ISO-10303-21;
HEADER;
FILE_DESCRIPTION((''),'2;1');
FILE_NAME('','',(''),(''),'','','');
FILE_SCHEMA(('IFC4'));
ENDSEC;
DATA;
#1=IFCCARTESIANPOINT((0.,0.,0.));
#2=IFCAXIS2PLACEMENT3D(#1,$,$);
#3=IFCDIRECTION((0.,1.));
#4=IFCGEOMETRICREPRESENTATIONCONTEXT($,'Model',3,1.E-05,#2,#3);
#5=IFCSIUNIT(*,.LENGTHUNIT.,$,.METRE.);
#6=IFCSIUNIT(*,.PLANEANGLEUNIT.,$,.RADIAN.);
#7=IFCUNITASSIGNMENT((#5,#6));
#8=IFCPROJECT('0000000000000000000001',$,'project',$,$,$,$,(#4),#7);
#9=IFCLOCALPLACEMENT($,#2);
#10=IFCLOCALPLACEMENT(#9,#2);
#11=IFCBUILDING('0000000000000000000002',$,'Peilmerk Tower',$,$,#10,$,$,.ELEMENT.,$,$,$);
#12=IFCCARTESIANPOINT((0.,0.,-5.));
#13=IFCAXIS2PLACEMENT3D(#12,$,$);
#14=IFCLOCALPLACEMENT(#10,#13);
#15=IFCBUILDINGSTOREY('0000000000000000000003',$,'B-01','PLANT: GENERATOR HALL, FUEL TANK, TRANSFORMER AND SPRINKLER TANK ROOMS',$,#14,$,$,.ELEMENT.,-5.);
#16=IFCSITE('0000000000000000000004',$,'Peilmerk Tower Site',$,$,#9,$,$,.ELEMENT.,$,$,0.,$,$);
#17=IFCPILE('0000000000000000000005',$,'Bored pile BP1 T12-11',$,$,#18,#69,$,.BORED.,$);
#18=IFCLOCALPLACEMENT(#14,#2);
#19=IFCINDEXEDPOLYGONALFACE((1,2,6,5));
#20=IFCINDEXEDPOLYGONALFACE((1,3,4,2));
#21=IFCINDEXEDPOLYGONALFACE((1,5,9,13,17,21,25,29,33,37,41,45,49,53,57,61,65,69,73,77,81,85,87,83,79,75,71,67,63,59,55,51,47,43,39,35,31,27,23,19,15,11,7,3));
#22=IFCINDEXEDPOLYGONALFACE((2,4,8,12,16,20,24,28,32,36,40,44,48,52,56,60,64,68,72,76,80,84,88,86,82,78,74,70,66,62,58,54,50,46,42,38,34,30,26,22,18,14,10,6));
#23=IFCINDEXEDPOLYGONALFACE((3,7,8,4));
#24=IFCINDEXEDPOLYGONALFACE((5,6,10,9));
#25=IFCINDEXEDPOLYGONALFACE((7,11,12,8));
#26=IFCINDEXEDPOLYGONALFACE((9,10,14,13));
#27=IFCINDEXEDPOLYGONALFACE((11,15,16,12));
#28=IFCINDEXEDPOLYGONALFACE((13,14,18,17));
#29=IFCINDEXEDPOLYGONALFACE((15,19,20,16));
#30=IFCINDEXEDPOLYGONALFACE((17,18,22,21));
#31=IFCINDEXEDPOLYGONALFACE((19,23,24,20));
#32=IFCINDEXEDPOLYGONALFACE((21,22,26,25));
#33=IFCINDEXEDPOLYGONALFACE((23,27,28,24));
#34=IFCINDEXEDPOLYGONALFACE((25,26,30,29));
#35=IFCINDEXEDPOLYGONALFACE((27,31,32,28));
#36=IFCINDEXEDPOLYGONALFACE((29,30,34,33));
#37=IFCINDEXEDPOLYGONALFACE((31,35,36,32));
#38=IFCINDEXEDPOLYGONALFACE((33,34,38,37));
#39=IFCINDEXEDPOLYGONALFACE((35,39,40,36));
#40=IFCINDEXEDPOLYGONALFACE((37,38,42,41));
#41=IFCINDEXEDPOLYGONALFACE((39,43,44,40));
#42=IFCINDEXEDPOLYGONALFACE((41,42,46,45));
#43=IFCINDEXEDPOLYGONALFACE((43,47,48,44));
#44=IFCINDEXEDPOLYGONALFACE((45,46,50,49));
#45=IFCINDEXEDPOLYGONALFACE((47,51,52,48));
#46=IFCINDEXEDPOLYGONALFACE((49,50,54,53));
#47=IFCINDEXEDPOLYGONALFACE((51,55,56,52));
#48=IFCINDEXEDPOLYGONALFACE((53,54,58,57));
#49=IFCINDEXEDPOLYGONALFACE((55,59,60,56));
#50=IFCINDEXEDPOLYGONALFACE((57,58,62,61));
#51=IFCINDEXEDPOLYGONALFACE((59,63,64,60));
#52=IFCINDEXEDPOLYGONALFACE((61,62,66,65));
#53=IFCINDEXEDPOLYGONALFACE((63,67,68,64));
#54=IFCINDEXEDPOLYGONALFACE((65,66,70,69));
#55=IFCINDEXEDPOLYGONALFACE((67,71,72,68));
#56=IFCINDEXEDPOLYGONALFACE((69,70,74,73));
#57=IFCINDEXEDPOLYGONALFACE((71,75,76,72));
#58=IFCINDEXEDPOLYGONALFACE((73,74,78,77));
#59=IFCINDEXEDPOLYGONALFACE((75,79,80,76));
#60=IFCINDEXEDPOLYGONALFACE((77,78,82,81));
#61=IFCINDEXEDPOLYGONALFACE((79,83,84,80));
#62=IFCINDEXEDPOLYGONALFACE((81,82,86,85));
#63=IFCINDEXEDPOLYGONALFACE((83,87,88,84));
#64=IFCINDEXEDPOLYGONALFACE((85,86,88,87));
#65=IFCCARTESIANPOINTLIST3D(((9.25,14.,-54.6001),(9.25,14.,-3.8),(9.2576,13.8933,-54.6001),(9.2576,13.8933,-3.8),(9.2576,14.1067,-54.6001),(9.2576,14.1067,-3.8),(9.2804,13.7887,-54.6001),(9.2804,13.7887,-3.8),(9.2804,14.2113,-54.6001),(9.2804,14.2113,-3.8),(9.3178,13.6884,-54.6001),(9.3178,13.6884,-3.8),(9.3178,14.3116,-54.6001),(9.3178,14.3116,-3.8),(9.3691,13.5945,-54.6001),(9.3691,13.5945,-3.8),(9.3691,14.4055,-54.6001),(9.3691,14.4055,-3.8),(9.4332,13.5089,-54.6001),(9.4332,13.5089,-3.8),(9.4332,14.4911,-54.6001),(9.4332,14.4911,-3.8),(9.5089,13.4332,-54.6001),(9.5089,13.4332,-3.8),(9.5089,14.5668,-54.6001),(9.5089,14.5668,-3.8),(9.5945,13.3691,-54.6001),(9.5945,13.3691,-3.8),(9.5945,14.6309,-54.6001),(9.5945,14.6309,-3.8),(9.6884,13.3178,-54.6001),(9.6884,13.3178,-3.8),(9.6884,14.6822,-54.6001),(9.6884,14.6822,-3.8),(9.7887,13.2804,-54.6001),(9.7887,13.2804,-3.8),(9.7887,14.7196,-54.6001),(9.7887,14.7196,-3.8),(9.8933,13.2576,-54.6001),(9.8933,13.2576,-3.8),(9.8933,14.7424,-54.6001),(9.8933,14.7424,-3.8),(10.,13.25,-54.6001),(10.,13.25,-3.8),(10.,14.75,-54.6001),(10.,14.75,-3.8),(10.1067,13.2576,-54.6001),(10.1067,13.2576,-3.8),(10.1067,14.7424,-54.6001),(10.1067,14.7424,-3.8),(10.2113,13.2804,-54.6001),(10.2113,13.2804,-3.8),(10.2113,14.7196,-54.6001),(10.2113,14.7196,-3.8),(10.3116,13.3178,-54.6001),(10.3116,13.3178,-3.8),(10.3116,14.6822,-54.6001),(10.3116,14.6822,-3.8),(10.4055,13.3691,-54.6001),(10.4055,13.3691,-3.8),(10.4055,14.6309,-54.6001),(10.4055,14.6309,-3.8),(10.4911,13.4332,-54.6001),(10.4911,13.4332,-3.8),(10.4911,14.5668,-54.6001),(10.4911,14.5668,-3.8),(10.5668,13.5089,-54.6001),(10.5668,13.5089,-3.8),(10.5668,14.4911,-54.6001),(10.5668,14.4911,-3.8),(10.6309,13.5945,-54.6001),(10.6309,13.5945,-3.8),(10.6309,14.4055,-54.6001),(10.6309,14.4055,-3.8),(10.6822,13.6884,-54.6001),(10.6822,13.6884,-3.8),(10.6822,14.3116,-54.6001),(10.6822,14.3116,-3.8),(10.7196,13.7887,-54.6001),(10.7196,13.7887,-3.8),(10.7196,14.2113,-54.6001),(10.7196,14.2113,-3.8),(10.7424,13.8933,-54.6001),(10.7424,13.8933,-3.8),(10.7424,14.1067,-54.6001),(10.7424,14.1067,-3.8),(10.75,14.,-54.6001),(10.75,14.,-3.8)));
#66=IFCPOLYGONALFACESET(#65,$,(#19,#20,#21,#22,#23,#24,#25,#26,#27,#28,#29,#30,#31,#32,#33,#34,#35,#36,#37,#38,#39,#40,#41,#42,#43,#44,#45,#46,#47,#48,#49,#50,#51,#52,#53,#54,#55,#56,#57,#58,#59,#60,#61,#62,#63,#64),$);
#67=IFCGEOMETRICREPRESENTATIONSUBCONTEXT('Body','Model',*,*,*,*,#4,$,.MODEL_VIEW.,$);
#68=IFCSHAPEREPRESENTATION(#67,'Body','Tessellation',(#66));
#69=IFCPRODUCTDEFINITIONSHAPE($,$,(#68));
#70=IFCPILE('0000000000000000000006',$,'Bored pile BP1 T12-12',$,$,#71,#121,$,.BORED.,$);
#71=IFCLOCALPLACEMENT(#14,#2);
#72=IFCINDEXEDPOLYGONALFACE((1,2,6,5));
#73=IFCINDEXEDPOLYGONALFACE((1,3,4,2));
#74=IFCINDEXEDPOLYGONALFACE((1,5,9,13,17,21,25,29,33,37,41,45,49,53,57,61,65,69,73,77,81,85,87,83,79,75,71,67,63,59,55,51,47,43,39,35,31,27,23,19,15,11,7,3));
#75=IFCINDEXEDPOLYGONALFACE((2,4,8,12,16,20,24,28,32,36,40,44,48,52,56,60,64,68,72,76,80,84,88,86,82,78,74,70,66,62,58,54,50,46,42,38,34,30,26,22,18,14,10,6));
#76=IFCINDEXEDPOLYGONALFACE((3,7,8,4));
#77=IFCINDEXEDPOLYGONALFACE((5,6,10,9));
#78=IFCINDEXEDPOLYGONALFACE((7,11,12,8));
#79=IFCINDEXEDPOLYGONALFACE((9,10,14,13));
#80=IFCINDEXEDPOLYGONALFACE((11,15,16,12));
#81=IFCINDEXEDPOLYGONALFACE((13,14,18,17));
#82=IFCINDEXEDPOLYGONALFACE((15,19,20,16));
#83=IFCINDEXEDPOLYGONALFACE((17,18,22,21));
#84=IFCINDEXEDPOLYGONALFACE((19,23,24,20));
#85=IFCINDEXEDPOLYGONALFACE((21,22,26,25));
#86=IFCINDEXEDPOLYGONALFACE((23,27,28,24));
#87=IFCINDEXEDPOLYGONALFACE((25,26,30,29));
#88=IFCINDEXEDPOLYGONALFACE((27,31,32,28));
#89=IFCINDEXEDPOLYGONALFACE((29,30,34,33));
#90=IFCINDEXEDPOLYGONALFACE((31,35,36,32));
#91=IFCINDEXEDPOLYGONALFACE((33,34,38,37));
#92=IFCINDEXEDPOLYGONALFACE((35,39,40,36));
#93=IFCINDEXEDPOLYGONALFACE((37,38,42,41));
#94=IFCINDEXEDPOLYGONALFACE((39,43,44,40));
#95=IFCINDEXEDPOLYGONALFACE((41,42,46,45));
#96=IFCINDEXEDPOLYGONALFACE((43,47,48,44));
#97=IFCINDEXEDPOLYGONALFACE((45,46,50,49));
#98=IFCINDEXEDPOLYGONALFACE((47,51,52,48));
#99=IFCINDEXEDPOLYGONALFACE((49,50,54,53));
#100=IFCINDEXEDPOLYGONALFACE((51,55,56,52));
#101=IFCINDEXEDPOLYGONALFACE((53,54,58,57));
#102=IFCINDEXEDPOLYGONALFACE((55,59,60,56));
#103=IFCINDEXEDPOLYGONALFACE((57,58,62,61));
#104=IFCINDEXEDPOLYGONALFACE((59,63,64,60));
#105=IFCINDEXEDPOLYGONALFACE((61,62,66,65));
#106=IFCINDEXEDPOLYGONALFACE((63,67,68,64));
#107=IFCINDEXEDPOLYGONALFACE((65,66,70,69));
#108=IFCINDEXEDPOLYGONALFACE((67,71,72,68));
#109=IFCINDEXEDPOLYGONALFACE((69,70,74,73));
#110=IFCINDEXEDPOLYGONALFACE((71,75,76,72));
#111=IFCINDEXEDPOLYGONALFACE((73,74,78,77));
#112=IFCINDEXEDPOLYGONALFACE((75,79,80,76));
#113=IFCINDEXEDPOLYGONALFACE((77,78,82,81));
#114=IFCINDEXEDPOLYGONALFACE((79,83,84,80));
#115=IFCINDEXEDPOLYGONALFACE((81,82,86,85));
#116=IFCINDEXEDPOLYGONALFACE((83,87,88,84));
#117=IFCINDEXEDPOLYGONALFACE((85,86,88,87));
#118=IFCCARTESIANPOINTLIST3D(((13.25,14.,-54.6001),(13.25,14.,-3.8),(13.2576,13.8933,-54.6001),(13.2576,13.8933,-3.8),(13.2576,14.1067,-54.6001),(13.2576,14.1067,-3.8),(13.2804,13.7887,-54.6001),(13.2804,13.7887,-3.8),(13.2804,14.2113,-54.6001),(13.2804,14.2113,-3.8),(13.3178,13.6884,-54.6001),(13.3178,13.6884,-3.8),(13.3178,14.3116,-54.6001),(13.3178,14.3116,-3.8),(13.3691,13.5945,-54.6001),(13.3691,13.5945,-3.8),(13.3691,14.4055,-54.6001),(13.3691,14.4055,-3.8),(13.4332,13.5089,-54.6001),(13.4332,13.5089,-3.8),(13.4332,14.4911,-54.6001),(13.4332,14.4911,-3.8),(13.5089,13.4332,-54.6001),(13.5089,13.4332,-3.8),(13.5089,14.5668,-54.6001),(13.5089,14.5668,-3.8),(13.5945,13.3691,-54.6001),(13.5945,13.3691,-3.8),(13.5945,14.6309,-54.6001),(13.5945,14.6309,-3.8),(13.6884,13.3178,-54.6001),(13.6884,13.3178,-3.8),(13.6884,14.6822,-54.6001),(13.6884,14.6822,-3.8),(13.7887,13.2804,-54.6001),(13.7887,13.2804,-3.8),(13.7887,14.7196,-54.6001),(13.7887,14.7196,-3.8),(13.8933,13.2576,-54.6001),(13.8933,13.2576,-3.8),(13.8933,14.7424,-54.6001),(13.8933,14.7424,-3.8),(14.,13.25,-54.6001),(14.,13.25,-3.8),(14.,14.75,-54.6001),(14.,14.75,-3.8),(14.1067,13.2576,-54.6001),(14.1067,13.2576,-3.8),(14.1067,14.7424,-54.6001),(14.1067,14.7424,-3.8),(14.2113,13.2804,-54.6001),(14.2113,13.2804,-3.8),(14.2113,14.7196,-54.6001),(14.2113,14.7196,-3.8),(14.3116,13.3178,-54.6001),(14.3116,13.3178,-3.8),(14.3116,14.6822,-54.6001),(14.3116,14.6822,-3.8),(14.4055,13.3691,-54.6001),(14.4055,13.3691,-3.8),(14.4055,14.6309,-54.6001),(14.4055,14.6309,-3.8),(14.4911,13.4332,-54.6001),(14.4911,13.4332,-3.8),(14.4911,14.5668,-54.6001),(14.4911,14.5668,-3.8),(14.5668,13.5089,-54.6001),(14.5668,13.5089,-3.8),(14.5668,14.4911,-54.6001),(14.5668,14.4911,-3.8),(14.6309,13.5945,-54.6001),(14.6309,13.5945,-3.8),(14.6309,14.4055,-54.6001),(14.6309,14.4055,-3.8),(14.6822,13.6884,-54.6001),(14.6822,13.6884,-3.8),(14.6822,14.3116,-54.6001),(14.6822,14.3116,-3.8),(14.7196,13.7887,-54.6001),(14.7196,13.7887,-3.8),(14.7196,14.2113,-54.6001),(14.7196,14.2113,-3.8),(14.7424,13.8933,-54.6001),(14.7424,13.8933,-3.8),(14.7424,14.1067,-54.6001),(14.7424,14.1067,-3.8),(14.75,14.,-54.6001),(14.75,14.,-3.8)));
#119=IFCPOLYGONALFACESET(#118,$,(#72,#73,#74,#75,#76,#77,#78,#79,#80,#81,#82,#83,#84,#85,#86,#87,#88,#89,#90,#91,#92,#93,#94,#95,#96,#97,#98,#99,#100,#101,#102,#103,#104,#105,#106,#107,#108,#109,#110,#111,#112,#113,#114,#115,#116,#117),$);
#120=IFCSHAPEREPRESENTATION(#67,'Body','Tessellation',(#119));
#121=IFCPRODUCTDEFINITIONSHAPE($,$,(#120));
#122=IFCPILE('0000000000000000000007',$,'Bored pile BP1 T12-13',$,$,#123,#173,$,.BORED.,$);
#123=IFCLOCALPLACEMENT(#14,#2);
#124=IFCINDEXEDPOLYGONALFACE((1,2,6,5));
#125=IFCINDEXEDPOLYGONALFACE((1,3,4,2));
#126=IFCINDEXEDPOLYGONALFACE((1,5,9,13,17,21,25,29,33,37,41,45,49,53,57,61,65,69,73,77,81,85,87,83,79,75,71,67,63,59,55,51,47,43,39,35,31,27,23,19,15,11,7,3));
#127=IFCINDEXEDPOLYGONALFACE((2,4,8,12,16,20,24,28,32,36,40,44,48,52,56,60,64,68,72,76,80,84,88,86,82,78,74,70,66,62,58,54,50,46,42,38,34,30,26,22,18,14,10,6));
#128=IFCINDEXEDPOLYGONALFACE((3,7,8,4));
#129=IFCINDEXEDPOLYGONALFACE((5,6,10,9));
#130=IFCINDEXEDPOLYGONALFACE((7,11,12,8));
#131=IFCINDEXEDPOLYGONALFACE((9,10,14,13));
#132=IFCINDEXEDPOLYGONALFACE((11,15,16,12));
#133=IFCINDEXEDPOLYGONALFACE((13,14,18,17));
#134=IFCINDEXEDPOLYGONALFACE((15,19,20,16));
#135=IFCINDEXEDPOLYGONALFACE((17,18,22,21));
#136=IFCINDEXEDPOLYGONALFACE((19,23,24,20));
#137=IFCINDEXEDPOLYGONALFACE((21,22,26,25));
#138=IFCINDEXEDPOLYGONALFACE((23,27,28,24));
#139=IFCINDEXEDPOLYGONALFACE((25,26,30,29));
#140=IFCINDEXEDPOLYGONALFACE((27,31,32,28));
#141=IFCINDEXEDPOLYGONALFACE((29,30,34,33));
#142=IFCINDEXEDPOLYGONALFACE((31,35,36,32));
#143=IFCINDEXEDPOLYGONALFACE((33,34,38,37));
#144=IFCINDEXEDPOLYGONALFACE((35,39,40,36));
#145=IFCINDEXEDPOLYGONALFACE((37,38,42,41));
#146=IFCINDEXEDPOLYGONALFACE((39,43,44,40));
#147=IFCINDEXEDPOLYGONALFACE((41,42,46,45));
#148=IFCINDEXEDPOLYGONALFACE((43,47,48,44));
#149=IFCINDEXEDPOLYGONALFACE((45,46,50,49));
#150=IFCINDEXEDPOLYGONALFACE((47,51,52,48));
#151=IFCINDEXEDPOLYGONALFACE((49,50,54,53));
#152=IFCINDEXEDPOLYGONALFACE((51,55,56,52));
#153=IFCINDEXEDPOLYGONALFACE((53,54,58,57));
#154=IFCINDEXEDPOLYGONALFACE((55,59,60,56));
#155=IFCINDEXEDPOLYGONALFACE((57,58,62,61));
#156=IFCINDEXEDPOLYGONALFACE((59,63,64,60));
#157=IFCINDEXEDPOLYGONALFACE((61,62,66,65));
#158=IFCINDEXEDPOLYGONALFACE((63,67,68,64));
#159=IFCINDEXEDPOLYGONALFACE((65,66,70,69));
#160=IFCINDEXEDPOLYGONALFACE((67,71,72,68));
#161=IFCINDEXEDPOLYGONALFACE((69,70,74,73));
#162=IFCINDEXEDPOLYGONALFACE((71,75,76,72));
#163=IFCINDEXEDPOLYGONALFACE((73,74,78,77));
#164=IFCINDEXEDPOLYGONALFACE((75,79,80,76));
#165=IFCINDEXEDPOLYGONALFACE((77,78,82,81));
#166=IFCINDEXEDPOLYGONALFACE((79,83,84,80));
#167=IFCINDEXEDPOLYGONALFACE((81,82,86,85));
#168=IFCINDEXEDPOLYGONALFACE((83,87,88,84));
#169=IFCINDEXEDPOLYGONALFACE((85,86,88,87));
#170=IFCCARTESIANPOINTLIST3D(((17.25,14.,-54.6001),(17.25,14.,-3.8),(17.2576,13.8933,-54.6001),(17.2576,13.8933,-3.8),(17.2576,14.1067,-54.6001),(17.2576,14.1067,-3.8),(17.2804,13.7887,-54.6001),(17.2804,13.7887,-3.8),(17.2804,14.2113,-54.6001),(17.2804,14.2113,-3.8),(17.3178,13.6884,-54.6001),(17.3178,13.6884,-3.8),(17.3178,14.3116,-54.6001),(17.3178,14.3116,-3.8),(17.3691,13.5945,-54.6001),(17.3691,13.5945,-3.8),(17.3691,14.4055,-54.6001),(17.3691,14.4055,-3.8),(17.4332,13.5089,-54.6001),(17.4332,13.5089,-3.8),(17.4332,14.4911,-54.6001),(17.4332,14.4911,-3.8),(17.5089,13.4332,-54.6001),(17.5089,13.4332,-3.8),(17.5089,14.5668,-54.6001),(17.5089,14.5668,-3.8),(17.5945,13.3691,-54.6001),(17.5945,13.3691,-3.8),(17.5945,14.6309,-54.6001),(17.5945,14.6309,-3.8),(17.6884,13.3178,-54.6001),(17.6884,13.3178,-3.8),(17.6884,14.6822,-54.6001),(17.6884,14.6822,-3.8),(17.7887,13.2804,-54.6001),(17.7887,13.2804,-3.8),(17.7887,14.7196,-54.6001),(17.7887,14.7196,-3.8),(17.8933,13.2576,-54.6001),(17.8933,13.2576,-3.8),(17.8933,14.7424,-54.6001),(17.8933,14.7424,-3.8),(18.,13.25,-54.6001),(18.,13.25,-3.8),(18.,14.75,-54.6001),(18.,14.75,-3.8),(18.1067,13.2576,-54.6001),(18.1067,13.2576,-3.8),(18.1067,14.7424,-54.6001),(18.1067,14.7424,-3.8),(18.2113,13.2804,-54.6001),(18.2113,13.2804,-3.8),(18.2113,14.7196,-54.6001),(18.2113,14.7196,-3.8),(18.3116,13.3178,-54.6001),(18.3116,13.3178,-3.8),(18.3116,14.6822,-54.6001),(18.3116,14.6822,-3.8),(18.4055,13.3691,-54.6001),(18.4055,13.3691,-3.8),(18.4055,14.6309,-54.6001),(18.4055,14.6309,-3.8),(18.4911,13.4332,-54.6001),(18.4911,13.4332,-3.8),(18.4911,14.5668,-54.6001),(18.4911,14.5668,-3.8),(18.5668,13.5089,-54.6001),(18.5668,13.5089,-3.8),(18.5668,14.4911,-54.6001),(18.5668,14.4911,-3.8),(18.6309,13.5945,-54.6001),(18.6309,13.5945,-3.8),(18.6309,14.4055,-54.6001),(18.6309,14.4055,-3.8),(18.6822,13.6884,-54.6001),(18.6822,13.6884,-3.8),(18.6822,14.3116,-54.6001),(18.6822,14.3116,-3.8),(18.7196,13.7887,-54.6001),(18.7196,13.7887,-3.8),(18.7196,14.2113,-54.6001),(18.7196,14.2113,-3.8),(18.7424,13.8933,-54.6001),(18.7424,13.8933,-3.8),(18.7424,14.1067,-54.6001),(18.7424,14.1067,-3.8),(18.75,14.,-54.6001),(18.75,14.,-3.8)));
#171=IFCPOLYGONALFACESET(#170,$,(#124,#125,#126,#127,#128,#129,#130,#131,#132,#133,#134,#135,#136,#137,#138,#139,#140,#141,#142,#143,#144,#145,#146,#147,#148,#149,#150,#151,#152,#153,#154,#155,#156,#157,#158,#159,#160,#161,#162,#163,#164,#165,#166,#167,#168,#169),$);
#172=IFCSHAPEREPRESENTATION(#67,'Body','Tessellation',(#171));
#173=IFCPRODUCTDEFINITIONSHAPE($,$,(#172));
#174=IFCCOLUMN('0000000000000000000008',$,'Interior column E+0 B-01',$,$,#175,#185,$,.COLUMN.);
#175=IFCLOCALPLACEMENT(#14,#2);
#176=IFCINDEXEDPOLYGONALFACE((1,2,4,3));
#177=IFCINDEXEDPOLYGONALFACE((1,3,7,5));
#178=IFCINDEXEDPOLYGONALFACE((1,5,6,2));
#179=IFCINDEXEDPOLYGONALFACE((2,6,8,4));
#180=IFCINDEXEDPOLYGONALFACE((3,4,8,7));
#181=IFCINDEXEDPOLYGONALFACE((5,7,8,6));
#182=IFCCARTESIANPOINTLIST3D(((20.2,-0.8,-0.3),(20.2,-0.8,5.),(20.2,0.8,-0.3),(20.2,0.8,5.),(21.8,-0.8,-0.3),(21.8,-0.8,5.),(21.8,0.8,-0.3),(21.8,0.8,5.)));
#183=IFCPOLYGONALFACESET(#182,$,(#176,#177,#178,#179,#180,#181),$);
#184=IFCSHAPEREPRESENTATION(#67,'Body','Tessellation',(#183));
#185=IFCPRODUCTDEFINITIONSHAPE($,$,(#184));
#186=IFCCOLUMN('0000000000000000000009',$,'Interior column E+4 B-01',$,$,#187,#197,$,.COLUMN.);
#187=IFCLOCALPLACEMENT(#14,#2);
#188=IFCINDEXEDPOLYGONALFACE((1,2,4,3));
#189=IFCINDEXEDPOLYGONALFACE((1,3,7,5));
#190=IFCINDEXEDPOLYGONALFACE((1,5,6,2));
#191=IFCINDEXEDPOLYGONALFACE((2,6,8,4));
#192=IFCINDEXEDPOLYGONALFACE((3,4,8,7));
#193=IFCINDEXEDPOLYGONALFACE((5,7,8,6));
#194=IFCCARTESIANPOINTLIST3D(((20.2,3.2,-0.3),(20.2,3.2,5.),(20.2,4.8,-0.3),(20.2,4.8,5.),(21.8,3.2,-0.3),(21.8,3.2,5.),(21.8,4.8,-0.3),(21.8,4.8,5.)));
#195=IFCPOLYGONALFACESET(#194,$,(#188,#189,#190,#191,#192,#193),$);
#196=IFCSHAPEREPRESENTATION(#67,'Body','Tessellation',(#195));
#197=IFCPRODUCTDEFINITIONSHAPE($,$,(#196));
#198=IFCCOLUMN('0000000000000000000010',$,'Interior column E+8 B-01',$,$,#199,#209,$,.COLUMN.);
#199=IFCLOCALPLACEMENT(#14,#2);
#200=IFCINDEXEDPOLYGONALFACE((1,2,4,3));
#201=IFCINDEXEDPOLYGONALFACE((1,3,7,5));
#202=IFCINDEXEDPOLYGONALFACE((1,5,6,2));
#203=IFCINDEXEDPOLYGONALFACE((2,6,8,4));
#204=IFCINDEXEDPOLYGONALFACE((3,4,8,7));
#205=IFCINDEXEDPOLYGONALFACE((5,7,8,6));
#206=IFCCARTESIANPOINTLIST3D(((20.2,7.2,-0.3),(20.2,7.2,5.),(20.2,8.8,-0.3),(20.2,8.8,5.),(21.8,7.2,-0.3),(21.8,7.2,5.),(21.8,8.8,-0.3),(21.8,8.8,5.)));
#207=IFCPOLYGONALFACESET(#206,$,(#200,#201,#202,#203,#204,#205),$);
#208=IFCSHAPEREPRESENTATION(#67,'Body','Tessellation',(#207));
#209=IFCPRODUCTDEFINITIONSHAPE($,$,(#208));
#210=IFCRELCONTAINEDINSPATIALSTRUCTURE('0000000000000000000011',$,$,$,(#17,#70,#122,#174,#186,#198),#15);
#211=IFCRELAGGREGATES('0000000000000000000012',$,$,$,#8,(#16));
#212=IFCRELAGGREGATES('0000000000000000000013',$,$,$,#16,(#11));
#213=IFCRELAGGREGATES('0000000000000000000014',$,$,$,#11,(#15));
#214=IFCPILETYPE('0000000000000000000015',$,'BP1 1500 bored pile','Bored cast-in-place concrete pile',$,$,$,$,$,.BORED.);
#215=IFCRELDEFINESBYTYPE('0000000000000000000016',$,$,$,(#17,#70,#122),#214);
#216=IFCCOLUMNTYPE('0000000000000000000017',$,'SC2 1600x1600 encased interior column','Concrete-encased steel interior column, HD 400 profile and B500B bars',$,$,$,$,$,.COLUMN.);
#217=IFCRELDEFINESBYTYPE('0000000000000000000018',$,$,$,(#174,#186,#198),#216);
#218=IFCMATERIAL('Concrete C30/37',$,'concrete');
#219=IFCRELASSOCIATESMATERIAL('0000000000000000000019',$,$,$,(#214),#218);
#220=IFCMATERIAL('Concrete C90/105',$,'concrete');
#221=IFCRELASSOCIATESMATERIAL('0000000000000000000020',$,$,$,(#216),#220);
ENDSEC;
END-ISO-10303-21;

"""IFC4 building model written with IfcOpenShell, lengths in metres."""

from ifc_helpers import new_model, si_unit, direction, frame, origin, origin_2d, place, context, subcontext, project, spatial, rectangle, circle, extrude, material, material_profile, profile_set, type_object, element, save


model = new_model("IFC4")

# Units and contexts
model_context = context("Model", 3, precision=1e-05, world=origin(), true_north=direction((0.0, 1.0)))
body_context = subcontext(model_context, "Body", "Model", "MODEL_VIEW")
ifc_project = project(units=[si_unit("LENGTHUNIT", "METRE"), si_unit("PLANEANGLEUNIT", "RADIAN")], contexts=[model_context])

# Site, building, storey
site_placement = place(None, origin())
site = spatial("IfcSite", under=ifc_project, at=site_placement, Name="Peilmerk Tower Site", CompositionType="ELEMENT", RefElevation=0.0)
building_placement = place(site_placement, origin())
building = spatial("IfcBuilding", under=site, at=building_placement, Name="Peilmerk Tower", CompositionType="ELEMENT")
storey_placement = place(building_placement, frame((0.0, 0.0, -5.0)))
storey = spatial("IfcBuildingStorey", under=building, at=storey_placement, Name="B-01", Description="PLANT: GENERATOR HALL, FUEL TANK, TRANSFORMER AND SPRINKLER TANK ROOMS", CompositionType="ELEMENT", Elevation=-5.0)

# Piles
ifc_material_1 = material(Name="Concrete C30/37", Category="concrete")
ifc_material_profile_1 = material_profile(ifc_material_1, circle(Radius=0.75, at=origin_2d()), Name="BP 1500")
ifc_profile_set_1 = profile_set([ifc_material_profile_1], Name="Concrete C30/37")
pile_type = type_object("IfcPileType", Name="BP1 1500 bored pile", Description="Bored cast-in-place concrete pile", PredefinedType="BORED", material=ifc_profile_set_1)
for number, where, z_axis, x_axis, name in (
    (1, (10.0, 14.0, -3.8), (0.0, 0.0, -1.0), (1.0, 0.0, 0.0), "Bored pile BP1 T12-11"),
    (2, (14.0, 14.0, -3.8), (0.0, 0.0, -1.0), (1.0, 0.0, 0.0), "Bored pile BP1 T12-12"),
    (3, (18.0, 14.0, -3.8), (0.0, 0.0, -1.0), (1.0, 0.0, 0.0), "Bored pile BP1 T12-13"),
):
    element("IfcPile", number, at=place(storey_placement, frame(where, z_axis=z_axis, x_axis=x_axis)), inside=storey, type_object=pile_type, Name=name, PredefinedType="BORED", context=body_context, shape_type="SweptSolid", body=[
        extrude(circle(Radius=0.75, at=origin_2d()), origin(), (0.0, 0.0, 1.0), 50.8),
    ])

# Columns
ifc_material_2 = material(Name="Concrete C90/105", Category="concrete")
ifc_material_profile_2 = material_profile(ifc_material_2, rectangle(XDim=1.6001, YDim=1.6001, at=origin_2d()), Name="RC 1600x1600")
ifc_profile_set_2 = profile_set([ifc_material_profile_2], Name="Concrete C90/105")
column_type = type_object("IfcColumnType", Name="SC2 1600x1600 encased interior column", Description="Concrete-encased steel interior column, HD 400 profile and B500B bars", PredefinedType="COLUMN", material=ifc_profile_set_2)
for number, where, z_axis, x_axis, name in (
    (4, (21.0, 0.0, -0.3), (0.0, 0.0, 1.0), (1.0, 0.0, 0.0), "Interior column E+0 B-01"),
    (5, (21.0, 4.0, -0.3), (0.0, 0.0, 1.0), (1.0, 0.0, 0.0), "Interior column E+4 B-01"),
    (6, (21.0, 8.0, -0.3), (0.0, 0.0, 1.0), (1.0, 0.0, 0.0), "Interior column E+8 B-01"),
):
    element("IfcColumn", number, at=place(storey_placement, frame(where, z_axis=z_axis, x_axis=x_axis)), inside=storey, type_object=column_type, Name=name, PredefinedType="COLUMN", context=body_context, shape_type="SweptSolid", body=[
        extrude(rectangle(XDim=1.6001, YDim=1.6001, at=origin_2d()), origin(), (0.0, 0.0, 1.0), 5.3),
    ])

save(model, "model.ifc")
